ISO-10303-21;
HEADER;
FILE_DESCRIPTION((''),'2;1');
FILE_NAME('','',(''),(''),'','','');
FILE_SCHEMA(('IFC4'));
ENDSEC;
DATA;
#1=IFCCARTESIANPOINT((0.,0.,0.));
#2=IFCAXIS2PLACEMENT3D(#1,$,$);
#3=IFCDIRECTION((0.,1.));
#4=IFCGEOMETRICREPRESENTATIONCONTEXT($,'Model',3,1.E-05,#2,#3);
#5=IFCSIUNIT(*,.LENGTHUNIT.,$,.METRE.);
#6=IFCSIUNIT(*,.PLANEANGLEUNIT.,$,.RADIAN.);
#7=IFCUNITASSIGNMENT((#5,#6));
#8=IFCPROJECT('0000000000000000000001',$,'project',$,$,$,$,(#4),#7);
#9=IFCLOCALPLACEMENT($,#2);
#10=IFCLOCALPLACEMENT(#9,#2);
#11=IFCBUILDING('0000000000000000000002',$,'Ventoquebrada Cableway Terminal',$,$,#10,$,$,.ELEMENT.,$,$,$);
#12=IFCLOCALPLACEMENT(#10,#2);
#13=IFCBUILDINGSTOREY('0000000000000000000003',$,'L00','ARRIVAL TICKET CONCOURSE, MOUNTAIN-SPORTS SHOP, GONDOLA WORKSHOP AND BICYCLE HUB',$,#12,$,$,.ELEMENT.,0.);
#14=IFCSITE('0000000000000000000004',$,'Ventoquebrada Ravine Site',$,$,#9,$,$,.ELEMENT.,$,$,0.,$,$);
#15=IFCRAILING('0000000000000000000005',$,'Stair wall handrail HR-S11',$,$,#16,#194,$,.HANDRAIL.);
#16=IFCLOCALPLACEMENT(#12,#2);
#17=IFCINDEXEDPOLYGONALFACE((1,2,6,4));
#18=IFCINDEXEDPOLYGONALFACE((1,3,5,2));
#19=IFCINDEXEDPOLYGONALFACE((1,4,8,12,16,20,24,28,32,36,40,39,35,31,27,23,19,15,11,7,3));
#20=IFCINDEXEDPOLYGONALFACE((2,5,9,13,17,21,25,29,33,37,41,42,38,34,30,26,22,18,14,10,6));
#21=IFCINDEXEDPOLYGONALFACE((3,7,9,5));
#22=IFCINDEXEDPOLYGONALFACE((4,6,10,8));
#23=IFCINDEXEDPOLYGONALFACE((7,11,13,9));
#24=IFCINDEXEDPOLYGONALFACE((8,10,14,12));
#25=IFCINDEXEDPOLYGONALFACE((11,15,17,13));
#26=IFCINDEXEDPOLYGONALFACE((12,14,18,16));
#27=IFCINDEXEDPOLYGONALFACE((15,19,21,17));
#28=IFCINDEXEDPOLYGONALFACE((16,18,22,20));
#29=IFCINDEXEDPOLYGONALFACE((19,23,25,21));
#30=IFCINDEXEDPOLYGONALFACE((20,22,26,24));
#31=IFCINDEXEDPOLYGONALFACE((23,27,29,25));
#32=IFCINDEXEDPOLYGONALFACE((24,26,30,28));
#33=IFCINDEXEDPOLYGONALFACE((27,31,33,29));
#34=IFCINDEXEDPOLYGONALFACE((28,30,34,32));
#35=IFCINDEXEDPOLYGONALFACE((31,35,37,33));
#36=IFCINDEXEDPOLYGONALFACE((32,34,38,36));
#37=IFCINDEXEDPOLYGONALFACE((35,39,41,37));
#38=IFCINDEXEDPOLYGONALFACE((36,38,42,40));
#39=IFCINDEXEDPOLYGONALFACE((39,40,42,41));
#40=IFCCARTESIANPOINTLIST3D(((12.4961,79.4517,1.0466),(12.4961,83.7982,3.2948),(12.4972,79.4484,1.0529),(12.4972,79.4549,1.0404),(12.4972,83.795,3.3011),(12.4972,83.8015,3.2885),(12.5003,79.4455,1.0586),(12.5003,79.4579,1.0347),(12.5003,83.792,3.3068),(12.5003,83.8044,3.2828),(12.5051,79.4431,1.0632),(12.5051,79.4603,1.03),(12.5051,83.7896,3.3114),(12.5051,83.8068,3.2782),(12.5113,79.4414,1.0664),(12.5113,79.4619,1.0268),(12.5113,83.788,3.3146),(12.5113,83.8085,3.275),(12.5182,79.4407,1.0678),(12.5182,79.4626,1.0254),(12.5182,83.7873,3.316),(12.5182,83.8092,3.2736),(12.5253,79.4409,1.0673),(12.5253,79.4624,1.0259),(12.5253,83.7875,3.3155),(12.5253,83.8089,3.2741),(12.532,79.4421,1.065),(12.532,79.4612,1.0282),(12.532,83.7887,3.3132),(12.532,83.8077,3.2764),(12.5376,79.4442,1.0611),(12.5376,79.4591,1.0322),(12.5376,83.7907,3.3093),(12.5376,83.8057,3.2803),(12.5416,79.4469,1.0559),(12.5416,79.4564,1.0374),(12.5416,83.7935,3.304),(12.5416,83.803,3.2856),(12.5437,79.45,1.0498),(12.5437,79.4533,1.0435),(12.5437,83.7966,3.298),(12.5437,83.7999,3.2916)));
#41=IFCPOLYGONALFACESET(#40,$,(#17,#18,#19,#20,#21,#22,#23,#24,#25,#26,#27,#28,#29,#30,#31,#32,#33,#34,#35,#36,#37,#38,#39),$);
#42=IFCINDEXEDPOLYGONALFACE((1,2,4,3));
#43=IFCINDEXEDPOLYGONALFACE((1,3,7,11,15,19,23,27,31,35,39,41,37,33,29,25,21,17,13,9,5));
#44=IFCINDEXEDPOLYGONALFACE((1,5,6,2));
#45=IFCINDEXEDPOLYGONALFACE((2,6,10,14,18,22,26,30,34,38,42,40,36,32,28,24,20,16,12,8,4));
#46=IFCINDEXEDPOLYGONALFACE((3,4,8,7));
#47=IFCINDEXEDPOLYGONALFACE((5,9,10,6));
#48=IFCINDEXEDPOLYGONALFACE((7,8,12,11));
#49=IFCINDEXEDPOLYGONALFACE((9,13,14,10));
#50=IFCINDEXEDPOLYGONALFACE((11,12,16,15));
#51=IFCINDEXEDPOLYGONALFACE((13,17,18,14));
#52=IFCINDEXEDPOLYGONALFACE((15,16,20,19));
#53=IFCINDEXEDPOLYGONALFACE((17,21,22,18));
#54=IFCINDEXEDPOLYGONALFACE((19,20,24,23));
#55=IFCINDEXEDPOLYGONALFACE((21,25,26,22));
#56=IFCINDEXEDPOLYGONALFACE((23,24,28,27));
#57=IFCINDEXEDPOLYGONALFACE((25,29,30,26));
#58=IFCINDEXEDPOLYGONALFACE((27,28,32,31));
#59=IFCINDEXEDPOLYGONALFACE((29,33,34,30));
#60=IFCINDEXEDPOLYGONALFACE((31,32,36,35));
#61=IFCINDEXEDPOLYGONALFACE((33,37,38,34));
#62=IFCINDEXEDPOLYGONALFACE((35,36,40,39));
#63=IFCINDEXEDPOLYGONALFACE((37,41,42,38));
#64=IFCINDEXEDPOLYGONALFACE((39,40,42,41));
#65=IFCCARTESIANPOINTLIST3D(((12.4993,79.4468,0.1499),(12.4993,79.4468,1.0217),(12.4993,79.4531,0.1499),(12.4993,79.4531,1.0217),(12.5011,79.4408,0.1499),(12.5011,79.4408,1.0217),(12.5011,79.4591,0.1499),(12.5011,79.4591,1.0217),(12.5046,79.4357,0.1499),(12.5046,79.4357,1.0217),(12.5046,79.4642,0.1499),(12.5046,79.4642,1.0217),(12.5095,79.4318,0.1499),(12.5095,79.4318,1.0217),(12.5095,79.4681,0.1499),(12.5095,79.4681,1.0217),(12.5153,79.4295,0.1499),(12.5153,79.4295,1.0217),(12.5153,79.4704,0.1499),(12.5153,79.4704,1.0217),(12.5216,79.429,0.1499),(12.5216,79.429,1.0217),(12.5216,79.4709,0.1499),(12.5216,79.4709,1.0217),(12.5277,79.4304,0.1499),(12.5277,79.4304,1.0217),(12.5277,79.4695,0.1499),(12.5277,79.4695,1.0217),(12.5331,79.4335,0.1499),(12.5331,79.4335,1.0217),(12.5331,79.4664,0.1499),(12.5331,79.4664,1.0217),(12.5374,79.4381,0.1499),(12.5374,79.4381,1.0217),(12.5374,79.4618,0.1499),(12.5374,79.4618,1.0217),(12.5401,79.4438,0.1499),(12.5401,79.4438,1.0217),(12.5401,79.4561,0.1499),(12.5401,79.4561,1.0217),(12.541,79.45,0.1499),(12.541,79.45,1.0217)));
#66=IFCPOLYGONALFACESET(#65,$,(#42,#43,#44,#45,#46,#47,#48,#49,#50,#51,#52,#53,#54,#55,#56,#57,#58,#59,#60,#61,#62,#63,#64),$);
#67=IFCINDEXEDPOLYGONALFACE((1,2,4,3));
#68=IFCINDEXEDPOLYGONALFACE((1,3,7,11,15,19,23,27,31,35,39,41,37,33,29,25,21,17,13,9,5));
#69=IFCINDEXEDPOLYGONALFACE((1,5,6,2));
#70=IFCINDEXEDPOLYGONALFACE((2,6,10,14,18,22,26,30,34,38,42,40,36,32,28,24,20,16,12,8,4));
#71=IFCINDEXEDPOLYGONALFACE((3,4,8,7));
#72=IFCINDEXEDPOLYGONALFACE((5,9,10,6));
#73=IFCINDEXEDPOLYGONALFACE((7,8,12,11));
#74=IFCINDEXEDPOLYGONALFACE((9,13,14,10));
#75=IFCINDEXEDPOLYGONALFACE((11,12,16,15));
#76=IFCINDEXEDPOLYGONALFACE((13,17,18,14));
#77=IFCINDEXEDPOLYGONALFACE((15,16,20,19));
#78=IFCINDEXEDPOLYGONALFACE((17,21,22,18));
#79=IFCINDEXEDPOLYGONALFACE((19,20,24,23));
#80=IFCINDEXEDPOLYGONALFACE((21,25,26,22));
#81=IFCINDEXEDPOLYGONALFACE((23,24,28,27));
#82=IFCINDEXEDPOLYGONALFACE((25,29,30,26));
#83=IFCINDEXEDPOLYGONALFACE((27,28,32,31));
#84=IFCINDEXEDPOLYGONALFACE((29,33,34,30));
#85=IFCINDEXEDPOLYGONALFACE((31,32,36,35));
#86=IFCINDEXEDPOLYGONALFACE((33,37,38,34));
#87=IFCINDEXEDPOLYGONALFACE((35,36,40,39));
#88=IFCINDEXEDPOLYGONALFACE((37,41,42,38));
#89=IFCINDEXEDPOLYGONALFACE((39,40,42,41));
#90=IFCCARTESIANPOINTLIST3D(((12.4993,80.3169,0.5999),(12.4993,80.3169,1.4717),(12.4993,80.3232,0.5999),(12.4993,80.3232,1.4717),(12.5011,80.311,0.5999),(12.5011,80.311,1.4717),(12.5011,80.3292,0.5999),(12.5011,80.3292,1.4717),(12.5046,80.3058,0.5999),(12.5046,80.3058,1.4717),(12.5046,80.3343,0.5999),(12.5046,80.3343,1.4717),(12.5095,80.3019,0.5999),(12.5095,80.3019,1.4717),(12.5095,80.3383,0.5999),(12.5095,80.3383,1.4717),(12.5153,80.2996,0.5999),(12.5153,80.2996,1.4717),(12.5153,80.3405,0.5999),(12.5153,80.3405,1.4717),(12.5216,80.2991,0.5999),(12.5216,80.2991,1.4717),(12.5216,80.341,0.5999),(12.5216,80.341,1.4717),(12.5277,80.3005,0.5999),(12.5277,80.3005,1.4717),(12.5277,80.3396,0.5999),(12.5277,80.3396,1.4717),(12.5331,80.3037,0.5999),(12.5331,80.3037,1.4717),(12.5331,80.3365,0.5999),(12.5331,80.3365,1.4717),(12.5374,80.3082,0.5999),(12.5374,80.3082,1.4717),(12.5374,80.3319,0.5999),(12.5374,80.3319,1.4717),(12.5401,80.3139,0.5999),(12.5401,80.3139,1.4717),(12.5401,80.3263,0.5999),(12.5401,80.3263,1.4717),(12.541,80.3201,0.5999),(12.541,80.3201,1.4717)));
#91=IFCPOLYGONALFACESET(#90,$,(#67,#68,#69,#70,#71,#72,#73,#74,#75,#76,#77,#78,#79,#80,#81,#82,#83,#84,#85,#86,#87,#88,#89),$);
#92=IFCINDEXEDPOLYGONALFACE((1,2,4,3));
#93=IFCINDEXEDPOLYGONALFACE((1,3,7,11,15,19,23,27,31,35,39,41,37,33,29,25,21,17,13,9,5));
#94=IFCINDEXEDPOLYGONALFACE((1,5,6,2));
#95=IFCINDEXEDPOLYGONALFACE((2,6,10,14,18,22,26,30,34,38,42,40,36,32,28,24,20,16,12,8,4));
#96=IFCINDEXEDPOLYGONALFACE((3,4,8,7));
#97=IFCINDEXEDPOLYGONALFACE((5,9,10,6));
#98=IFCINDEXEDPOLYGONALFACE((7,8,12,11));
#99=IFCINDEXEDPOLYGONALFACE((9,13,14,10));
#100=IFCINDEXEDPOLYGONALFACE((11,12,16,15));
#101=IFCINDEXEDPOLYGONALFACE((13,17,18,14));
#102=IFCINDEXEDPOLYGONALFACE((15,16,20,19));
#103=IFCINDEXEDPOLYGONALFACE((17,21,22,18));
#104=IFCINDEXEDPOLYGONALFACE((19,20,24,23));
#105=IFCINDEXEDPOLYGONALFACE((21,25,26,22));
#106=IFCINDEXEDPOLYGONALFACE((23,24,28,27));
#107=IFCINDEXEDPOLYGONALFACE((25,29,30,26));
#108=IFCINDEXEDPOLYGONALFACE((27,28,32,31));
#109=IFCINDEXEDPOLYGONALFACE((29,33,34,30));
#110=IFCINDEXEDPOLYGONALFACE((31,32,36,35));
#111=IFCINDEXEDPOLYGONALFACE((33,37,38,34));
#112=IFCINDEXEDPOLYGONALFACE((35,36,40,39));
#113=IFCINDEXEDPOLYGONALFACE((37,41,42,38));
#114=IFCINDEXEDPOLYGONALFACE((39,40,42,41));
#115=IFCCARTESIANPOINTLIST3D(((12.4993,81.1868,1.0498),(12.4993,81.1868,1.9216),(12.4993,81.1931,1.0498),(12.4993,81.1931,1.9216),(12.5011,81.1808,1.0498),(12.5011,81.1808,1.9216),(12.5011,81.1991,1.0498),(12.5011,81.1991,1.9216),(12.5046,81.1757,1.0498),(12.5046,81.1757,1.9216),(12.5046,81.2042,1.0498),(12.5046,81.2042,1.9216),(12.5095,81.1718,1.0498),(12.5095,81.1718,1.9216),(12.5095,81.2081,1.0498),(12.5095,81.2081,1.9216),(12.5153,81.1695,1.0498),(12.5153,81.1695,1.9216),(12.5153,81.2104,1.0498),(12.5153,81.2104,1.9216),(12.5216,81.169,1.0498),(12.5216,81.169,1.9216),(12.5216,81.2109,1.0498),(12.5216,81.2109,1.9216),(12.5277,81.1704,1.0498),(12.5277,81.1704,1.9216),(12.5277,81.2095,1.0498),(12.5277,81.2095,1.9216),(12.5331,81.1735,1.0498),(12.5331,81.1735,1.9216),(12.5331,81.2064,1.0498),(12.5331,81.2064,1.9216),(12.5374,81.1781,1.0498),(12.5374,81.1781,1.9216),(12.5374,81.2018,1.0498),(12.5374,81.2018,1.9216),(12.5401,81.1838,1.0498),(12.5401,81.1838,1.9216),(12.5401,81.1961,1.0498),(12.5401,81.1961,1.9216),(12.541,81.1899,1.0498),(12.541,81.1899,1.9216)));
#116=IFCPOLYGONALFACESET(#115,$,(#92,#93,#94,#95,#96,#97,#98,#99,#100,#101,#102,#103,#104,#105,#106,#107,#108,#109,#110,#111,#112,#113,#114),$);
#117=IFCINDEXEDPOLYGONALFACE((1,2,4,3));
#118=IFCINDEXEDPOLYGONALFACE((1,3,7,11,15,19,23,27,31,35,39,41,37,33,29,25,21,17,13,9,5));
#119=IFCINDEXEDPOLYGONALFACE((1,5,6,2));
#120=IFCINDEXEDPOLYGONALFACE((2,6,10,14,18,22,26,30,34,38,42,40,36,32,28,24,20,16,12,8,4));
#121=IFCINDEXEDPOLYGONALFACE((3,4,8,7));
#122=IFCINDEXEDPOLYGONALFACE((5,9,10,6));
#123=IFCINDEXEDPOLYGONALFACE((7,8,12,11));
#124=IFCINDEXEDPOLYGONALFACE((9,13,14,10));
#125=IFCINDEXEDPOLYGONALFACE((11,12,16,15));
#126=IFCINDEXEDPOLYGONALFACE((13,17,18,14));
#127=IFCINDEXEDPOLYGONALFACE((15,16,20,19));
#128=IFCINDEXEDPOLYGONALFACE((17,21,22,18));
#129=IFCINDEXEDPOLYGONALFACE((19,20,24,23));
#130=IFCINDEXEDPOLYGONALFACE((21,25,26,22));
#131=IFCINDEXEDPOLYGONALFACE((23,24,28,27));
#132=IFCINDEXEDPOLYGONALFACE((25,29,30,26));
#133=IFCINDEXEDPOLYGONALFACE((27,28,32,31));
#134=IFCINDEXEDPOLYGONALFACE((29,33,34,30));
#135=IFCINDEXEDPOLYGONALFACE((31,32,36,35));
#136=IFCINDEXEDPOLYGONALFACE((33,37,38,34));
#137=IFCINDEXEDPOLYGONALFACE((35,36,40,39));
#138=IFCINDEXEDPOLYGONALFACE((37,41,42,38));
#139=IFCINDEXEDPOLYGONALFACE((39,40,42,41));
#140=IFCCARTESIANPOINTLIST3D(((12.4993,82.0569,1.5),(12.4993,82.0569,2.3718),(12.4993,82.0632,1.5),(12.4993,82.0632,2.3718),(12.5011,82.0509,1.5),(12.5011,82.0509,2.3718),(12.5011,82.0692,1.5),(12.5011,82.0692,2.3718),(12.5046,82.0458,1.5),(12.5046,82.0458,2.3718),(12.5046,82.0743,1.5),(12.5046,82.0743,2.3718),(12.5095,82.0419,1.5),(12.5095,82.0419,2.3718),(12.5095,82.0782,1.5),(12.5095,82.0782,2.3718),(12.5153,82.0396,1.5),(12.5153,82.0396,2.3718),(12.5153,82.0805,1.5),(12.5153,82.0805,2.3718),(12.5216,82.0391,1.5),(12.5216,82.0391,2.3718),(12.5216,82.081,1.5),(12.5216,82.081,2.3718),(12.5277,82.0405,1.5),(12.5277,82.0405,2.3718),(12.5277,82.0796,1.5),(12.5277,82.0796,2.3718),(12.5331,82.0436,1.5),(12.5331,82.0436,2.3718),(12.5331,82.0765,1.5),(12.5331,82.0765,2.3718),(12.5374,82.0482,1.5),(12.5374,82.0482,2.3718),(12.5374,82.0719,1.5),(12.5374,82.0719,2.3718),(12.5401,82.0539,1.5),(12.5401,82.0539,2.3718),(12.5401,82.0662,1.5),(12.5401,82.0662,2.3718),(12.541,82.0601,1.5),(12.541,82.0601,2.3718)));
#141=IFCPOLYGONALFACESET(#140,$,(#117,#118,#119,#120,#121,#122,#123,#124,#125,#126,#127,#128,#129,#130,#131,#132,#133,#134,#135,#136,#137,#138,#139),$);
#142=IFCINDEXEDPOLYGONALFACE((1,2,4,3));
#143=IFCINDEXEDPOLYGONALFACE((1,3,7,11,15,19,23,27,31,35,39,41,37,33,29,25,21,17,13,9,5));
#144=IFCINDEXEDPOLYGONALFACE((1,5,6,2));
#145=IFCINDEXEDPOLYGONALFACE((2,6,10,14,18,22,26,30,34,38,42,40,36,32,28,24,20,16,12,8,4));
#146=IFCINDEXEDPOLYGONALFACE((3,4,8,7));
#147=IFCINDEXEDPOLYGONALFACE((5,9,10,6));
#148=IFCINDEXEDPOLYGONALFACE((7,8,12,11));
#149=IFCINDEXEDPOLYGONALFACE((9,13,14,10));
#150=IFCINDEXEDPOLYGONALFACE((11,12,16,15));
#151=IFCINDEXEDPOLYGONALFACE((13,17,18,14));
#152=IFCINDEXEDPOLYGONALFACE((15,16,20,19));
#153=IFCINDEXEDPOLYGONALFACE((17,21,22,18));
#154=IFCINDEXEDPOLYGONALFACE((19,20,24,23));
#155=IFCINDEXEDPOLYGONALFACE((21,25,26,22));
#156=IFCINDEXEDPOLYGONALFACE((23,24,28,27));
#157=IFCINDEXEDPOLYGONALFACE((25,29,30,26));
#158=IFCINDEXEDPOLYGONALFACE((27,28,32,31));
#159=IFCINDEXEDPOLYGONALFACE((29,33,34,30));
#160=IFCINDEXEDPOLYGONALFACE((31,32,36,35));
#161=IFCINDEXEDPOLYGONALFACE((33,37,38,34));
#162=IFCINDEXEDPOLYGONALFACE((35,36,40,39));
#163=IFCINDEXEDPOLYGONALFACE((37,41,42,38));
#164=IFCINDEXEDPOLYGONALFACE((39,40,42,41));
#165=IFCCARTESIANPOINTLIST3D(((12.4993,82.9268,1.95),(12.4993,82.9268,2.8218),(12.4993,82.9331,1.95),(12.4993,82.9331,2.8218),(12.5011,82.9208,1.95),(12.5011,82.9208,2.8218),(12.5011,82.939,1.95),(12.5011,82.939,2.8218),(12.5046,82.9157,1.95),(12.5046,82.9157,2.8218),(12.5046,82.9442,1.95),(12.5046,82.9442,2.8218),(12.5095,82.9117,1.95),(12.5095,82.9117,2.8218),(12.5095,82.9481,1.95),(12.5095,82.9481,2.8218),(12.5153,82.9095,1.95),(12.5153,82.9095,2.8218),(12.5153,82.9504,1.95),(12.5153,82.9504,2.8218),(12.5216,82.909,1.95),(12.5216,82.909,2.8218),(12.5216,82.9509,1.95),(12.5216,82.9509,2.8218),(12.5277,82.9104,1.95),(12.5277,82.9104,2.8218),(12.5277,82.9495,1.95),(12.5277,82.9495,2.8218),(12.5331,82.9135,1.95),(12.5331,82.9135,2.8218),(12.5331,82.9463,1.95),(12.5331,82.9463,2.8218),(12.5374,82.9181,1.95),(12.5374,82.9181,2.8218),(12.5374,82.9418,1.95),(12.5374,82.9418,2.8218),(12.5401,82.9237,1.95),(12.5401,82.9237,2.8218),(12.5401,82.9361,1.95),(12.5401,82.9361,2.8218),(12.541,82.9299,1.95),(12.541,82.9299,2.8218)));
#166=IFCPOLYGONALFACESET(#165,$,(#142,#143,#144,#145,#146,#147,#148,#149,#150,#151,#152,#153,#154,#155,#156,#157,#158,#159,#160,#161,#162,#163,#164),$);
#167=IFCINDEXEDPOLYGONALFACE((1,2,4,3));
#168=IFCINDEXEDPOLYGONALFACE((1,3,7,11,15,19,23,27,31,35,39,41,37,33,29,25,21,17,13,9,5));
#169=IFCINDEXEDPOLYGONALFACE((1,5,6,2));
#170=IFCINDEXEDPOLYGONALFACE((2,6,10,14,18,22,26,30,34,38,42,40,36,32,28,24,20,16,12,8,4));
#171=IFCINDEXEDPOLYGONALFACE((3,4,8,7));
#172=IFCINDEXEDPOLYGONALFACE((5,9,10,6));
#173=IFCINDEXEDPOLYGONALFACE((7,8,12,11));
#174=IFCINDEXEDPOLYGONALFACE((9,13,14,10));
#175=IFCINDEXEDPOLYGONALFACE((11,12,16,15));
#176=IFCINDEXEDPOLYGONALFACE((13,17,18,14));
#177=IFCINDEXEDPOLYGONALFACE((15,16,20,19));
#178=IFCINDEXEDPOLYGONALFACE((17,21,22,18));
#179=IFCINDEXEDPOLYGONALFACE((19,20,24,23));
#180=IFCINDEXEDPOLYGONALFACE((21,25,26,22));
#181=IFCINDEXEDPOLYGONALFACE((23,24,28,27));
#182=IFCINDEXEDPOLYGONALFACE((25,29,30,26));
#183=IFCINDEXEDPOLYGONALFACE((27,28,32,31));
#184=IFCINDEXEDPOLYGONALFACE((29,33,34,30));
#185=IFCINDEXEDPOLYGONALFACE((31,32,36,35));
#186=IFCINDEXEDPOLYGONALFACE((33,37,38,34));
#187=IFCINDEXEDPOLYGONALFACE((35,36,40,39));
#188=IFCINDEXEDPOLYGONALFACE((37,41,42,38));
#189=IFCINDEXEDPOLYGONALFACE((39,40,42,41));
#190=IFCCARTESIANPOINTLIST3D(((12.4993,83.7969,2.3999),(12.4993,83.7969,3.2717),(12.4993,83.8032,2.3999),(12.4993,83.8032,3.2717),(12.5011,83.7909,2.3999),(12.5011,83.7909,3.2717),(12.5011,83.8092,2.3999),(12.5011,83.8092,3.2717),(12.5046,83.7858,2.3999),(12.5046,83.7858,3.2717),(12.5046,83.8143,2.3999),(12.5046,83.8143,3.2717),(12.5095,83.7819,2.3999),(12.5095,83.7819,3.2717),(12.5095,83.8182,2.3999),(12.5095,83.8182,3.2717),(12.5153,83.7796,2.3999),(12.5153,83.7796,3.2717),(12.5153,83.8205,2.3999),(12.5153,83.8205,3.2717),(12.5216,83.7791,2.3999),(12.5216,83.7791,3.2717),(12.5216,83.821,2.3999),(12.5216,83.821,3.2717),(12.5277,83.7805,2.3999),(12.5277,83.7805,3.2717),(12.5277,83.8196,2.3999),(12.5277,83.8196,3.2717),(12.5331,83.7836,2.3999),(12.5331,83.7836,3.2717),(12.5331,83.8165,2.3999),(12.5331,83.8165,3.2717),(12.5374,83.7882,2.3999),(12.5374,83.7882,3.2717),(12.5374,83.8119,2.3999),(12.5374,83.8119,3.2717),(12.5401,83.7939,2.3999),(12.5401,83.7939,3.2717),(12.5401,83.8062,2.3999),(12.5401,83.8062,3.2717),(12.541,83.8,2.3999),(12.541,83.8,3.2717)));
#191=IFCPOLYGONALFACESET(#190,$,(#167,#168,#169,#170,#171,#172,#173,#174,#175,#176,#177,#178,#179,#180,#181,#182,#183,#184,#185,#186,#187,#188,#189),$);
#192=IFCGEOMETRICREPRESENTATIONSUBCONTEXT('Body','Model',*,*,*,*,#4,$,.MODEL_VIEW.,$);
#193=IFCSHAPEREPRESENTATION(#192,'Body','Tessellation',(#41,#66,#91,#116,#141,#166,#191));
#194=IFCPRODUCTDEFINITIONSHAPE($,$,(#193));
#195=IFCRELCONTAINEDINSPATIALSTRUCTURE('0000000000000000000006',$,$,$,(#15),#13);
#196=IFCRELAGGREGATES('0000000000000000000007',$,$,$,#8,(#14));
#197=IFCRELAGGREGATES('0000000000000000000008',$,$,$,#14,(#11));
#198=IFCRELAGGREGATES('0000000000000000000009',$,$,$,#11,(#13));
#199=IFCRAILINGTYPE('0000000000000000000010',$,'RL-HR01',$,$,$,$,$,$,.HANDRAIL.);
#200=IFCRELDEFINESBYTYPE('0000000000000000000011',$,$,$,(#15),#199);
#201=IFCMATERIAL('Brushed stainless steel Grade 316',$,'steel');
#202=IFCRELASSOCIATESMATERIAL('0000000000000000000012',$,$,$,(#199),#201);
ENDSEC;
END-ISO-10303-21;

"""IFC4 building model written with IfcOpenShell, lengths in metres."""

from ifc_helpers import new_model, si_unit, direction, frame, origin, origin_2d, place, context, subcontext, project, spatial, circle, extrude, material, type_object, element, save


model = new_model("IFC4")

# Units and contexts
model_context = context("Model", 3, precision=1e-05, world=origin(), true_north=direction((0.0, 1.0)))
body_context = subcontext(model_context, "Body", "Model", "MODEL_VIEW")
ifc_project = project(units=[si_unit("LENGTHUNIT", "METRE"), si_unit("PLANEANGLEUNIT", "RADIAN")], contexts=[model_context])

# Site, building, storey
site_placement = place(None, origin())
site = spatial("IfcSite", under=ifc_project, at=site_placement, Name="Ventoquebrada Ravine Site", CompositionType="ELEMENT", RefElevation=0.0)
building_placement = place(site_placement, origin())
building = spatial("IfcBuilding", under=site, at=building_placement, Name="Ventoquebrada Cableway Terminal", CompositionType="ELEMENT")
storey_placement = place(building_placement, origin())
storey = spatial("IfcBuildingStorey", under=building, at=storey_placement, Name="L00", Description="ARRIVAL TICKET CONCOURSE, MOUNTAIN-SPORTS SHOP, GONDOLA WORKSHOP AND BICYCLE HUB", CompositionType="ELEMENT", Elevation=0.0)

# Railing
ifc_material_1 = material(Name="Brushed stainless steel Grade 316", Category="steel")
railing_type_1 = type_object("IfcRailingType", Name="RL-HR01", PredefinedType="HANDRAIL", material=ifc_material_1)
railing_1_placement = place(storey_placement, frame((12.52, 79.45, 0.1499)))
element("IfcRailing", 1, at=railing_1_placement, inside=storey, type_object=railing_type_1, Name="Stair wall handrail HR-S11", PredefinedType="HANDRAIL", context=body_context, shape_type="SweptSolid", body=[
    extrude(circle(Radius=0.0239, at=origin_2d()), frame((0.0, 0.0017, 0.8967), z_axis=(0.0, 0.888222, 0.459415), x_axis=(-1.0, 0.0, 0.0)), (0.0, 0.0, 1.0), 4.8936),
    extrude(circle(Radius=0.021, at=origin_2d()), origin(), (0.0, 0.0, 1.0), 0.8718),
    extrude(circle(Radius=0.021, at=origin_2d()), frame((0.0, 0.8701, 0.45)), (0.0, 0.0, 1.0), 0.8718),
    extrude(circle(Radius=0.021, at=origin_2d()), frame((0.0, 1.74, 0.8999)), (0.0, 0.0, 1.0), 0.8718),
    extrude(circle(Radius=0.021, at=origin_2d()), frame((0.0, 2.6101, 1.3501)), (0.0, 0.0, 1.0), 0.8718),
    extrude(circle(Radius=0.021, at=origin_2d()), frame((0.0, 3.48, 1.8)), (0.0, 0.0, 1.0), 0.8718),
    extrude(circle(Radius=0.021, at=origin_2d()), frame((0.0, 4.3501, 2.25)), (0.0, 0.0, 1.0), 0.8718),
])

save(model, "model.ifc")
